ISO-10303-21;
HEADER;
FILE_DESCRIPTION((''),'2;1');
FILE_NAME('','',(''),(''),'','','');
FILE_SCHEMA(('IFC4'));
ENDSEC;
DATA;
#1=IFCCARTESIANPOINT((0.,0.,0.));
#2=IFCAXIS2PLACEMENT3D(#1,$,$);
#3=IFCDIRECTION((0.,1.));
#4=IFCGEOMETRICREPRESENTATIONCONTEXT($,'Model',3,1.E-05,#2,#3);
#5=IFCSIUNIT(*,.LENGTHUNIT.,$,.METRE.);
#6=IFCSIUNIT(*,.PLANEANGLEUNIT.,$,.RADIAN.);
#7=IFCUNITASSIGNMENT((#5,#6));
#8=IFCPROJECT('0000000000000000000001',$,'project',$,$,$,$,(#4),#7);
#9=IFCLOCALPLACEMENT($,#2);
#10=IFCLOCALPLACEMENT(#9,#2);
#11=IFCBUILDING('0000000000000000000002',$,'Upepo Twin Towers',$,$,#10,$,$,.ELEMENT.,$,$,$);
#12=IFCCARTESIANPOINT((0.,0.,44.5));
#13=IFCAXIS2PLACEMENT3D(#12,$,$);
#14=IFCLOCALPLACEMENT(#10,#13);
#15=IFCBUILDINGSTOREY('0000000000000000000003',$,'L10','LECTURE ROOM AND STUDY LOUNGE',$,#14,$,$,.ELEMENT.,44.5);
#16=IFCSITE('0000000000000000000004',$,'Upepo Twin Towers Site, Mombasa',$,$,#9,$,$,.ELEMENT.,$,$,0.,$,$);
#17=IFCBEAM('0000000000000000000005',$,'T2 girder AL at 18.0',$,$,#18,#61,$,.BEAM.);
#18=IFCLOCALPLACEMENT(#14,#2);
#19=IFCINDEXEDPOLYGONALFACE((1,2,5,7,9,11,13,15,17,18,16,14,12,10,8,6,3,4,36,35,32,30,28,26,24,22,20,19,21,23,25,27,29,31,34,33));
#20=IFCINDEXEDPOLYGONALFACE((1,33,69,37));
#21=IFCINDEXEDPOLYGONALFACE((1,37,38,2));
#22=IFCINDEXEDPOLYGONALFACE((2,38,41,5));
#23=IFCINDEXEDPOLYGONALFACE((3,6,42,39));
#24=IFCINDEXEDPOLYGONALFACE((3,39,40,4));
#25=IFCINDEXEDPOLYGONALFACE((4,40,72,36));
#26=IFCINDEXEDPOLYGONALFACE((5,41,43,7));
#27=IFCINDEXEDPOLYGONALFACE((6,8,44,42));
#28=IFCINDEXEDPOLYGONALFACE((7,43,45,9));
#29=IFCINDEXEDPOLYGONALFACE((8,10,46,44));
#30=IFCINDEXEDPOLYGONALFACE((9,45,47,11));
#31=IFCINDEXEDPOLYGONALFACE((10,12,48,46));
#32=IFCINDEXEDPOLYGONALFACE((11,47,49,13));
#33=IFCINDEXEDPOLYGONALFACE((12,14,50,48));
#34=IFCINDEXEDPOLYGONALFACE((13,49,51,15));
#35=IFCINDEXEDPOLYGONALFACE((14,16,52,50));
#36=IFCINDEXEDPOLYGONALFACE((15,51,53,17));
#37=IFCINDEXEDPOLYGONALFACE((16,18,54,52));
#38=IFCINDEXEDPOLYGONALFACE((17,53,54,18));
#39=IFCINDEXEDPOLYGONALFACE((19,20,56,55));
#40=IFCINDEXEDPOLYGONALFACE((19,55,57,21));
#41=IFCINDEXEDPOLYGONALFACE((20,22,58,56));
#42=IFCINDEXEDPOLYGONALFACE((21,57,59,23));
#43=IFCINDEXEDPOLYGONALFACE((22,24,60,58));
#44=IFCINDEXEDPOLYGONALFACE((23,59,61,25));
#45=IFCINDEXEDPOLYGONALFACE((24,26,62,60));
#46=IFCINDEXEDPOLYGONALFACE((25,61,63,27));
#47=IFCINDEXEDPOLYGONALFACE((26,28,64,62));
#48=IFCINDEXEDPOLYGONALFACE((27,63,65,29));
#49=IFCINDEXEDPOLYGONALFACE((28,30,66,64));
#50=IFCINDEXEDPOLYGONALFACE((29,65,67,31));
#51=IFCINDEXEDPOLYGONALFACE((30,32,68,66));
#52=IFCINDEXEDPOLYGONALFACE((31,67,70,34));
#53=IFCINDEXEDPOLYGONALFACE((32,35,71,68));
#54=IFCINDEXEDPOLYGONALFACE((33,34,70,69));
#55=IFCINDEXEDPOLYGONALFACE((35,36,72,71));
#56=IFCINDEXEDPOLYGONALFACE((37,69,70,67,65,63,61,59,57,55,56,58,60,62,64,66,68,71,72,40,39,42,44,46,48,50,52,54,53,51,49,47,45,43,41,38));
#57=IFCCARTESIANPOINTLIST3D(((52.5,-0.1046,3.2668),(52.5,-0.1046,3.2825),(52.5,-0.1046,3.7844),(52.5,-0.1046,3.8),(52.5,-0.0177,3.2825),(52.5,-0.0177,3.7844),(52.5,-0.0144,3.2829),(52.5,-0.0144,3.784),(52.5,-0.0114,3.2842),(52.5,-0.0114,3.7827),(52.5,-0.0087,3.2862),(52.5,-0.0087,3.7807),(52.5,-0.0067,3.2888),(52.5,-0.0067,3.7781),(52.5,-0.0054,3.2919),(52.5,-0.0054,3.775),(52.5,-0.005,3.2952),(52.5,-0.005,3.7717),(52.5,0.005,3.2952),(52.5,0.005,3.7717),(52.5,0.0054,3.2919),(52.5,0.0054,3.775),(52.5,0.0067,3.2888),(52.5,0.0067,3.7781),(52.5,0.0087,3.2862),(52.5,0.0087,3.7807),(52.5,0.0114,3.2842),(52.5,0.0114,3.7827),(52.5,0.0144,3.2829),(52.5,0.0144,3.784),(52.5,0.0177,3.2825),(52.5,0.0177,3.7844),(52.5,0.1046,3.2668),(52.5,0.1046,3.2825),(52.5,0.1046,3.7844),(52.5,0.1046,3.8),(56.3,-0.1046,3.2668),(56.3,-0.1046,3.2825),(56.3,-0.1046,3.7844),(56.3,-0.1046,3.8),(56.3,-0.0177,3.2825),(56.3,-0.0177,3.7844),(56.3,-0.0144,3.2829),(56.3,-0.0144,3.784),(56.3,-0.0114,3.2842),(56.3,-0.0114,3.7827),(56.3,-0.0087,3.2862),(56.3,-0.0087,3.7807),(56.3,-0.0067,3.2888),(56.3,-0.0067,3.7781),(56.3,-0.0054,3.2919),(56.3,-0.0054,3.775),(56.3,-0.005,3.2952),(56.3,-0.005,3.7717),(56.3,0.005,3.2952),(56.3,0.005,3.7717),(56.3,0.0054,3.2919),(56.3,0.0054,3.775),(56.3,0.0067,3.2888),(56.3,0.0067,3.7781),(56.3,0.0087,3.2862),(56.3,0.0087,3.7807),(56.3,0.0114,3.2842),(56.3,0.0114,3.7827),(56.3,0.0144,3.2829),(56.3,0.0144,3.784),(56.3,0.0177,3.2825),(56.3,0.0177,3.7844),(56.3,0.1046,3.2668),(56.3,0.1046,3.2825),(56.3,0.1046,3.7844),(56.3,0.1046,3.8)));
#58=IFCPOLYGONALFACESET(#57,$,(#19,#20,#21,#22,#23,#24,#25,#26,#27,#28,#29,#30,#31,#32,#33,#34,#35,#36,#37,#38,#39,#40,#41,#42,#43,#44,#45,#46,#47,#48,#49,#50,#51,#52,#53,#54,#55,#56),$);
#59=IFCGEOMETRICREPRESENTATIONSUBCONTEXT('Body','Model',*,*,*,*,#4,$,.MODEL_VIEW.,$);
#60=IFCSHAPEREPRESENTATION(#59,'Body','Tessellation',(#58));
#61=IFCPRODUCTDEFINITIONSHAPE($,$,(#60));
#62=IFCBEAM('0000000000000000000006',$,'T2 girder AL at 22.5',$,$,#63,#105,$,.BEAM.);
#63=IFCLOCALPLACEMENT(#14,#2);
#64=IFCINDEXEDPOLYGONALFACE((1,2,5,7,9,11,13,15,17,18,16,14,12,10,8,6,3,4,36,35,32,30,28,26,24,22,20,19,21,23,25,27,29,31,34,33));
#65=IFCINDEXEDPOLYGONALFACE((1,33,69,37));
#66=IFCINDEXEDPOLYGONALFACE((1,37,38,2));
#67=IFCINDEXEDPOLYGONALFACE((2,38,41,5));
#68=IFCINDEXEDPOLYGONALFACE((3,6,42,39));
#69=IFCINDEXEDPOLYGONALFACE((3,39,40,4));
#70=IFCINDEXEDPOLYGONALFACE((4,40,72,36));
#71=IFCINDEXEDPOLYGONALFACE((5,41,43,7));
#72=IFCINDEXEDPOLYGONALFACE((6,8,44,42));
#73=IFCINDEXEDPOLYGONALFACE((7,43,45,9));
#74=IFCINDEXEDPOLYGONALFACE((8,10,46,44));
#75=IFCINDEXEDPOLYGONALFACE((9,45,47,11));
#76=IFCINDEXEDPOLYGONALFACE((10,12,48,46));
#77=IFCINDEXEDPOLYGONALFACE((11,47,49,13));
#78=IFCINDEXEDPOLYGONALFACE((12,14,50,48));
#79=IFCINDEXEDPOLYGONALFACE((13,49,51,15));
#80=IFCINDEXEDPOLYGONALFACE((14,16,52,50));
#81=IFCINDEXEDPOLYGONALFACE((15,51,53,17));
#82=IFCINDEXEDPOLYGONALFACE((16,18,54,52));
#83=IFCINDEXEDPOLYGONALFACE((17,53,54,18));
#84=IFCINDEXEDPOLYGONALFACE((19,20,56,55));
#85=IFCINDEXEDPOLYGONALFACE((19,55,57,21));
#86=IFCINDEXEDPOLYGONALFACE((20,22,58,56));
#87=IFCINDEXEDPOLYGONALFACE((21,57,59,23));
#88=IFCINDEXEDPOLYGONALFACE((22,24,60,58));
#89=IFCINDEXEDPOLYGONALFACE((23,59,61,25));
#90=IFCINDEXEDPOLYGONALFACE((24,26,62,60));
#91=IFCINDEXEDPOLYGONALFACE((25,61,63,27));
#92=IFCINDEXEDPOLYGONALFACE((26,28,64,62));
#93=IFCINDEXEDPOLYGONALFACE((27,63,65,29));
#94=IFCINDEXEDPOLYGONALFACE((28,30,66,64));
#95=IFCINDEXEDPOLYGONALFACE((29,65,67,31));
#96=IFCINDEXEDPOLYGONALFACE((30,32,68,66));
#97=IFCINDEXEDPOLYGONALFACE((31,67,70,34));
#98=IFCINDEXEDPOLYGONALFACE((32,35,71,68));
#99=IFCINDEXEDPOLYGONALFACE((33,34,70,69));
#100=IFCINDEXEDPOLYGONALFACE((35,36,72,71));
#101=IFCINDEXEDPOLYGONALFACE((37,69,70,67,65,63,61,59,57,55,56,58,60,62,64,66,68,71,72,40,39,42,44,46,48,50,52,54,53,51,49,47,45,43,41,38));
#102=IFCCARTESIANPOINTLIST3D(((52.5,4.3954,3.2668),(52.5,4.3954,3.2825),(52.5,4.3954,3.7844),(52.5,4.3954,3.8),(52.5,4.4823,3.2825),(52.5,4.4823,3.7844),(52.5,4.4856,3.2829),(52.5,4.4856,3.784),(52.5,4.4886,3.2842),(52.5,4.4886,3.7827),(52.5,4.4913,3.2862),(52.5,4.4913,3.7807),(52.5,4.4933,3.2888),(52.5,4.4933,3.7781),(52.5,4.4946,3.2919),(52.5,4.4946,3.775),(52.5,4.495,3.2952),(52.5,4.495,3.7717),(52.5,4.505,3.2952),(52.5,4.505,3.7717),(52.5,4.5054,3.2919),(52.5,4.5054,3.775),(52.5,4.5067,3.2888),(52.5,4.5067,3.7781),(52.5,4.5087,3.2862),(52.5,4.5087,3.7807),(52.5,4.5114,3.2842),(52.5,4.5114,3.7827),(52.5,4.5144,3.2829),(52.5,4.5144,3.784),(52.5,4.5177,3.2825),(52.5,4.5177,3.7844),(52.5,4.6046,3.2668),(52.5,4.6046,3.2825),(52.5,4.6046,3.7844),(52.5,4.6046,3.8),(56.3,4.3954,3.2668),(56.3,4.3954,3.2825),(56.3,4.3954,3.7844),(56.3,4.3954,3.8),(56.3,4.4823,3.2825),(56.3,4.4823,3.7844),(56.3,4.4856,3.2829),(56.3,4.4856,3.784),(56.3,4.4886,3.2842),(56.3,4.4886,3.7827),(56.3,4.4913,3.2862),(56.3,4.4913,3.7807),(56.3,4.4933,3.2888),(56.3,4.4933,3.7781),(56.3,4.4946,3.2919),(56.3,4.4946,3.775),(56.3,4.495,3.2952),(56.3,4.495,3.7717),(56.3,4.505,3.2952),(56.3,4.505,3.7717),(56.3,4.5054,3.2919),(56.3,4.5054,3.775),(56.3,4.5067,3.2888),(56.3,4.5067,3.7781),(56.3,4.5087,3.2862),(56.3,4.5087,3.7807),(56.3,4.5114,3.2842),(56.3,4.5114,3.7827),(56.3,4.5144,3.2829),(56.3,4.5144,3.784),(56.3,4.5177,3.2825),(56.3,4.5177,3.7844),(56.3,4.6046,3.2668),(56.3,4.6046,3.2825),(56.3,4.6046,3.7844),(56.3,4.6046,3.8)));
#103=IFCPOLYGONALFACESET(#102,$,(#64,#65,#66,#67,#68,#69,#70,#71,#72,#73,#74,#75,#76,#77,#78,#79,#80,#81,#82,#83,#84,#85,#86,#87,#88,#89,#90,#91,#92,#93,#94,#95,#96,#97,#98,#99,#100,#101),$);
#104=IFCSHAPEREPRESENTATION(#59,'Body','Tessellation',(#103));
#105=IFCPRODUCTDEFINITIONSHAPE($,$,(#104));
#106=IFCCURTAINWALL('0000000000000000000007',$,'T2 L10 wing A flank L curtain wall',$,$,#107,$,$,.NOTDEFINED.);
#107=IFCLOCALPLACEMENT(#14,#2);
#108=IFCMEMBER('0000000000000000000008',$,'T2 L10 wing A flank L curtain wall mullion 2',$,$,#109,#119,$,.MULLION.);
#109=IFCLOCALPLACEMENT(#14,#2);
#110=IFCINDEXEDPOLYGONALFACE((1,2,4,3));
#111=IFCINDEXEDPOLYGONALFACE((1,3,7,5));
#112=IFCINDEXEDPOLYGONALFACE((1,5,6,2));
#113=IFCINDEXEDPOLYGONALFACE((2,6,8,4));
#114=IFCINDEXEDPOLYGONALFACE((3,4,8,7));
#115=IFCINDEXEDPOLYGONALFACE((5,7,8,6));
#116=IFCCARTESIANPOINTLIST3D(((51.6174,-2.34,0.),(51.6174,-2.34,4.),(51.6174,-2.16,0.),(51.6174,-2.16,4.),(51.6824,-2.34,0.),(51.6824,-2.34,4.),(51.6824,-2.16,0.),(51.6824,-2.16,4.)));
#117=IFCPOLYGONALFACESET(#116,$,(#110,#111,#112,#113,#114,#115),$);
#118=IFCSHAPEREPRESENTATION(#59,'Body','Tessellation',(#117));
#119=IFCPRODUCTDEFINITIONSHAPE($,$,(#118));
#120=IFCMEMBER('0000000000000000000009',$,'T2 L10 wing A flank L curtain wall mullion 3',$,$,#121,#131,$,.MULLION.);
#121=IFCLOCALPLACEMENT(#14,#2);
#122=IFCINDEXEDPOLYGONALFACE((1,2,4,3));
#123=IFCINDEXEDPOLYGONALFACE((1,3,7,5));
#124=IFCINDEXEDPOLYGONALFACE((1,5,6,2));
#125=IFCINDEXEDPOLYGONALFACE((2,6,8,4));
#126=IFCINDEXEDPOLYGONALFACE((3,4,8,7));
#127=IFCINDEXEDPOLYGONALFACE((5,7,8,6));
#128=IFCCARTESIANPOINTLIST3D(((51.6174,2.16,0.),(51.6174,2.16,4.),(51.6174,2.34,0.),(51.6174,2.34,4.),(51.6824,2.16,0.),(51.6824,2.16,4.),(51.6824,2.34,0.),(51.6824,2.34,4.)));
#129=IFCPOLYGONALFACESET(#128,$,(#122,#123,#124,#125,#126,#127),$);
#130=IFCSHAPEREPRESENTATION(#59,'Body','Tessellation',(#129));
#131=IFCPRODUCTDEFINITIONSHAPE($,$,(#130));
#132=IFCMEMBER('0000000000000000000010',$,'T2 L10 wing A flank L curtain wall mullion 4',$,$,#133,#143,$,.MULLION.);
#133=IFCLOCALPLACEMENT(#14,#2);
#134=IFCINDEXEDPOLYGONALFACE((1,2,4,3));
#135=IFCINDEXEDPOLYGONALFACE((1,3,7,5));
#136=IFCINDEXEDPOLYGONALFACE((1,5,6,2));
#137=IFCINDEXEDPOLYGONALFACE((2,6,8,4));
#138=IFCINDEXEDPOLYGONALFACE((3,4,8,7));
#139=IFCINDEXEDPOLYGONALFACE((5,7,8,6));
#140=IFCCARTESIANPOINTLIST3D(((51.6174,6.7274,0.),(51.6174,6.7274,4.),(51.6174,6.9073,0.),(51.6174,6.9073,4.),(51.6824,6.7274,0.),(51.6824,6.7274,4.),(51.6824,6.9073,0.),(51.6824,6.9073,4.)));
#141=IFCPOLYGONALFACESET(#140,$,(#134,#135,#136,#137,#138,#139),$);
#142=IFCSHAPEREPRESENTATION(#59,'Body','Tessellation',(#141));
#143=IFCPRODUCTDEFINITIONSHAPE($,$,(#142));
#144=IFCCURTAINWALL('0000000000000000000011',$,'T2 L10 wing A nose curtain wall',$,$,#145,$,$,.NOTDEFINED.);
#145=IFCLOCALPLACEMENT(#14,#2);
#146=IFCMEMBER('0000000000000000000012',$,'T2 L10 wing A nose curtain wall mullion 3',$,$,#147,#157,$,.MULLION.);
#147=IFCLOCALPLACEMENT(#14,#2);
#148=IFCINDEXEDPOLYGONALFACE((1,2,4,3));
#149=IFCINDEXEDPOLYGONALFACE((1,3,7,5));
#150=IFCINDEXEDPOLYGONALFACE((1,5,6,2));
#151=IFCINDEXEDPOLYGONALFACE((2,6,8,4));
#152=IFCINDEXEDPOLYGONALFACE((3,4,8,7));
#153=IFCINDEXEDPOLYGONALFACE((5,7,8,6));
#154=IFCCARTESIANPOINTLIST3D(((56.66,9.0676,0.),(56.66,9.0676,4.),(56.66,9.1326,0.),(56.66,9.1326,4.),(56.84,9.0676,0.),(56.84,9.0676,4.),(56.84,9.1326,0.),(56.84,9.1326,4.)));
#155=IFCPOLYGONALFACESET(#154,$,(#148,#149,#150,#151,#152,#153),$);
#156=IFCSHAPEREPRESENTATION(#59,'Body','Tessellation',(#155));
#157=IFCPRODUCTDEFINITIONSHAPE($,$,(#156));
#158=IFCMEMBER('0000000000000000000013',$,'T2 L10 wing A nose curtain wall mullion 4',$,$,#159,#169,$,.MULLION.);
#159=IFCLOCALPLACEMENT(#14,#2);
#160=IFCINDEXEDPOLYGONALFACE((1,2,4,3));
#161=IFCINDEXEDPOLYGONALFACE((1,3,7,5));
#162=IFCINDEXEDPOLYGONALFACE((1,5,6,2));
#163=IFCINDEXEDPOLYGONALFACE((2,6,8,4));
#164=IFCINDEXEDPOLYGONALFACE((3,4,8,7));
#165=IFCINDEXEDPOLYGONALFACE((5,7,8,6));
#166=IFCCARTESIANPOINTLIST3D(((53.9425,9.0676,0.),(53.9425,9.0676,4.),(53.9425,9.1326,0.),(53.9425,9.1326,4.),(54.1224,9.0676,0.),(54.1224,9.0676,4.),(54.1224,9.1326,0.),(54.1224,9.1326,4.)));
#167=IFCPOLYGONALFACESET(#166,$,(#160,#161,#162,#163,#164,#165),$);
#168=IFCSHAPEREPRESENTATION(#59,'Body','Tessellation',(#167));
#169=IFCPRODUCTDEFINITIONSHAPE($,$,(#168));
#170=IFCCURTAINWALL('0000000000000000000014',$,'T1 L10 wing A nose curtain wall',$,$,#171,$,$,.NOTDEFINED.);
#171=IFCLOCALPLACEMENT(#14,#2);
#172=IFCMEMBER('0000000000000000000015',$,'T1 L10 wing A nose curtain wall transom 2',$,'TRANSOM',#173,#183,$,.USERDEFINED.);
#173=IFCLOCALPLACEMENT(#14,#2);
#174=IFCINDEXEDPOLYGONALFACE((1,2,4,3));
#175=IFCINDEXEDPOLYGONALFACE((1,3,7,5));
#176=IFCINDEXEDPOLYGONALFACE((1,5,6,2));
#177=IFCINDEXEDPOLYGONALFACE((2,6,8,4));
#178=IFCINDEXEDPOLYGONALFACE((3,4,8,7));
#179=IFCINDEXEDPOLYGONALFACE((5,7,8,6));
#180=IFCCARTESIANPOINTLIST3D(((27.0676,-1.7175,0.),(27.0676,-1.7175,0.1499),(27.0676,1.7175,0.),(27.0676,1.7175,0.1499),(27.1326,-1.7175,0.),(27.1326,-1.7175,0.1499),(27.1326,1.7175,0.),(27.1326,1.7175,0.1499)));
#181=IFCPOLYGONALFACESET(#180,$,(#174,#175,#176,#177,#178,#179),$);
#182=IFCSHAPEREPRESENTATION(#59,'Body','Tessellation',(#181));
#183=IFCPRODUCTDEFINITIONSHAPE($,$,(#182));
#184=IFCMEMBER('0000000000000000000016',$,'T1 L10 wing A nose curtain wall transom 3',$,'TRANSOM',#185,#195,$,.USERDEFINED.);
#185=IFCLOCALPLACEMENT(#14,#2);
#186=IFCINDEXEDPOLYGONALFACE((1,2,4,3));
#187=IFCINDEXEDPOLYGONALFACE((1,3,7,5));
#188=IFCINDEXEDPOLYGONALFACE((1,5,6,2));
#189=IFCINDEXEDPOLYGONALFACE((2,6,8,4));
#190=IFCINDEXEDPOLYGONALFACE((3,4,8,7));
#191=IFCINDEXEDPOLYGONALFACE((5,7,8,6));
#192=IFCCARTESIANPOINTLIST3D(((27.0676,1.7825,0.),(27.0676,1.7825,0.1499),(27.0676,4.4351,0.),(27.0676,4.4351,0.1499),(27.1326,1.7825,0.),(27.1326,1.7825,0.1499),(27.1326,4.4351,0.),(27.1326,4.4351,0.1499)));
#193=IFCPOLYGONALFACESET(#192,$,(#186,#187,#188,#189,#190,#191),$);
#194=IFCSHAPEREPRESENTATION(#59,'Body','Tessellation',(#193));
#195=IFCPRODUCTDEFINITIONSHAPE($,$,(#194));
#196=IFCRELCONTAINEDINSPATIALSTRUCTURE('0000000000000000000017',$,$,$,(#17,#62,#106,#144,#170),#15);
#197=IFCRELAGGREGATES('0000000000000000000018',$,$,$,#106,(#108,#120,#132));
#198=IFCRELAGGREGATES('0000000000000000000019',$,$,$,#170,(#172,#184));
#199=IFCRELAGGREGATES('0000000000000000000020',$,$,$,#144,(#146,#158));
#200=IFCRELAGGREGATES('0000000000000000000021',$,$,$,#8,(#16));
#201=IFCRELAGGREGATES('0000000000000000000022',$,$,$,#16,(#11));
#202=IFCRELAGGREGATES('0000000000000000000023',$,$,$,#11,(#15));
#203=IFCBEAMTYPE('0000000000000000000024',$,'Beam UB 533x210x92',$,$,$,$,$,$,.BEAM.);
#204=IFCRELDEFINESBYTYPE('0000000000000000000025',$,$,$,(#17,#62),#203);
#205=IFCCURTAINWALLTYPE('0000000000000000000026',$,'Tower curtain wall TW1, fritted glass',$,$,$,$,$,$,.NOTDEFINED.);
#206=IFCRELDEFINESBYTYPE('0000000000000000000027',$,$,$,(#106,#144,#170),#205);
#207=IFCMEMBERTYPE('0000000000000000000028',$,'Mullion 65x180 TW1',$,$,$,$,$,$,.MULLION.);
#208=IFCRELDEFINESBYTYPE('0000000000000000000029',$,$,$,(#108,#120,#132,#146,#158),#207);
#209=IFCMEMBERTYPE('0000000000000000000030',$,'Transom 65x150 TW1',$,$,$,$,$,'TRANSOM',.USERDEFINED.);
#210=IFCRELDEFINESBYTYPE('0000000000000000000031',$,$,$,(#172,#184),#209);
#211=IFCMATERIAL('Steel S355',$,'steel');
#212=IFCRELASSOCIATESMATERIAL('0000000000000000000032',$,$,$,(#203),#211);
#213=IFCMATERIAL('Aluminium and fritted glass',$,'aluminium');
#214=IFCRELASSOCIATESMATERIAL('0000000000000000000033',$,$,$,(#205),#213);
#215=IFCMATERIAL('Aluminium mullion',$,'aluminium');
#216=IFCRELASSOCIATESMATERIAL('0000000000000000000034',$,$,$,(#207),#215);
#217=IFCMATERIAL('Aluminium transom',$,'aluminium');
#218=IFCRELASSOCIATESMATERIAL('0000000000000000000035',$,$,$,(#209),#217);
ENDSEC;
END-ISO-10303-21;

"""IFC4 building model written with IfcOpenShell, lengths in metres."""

from ifc_helpers import new_model, si_unit, direction, frame, origin, origin_2d, place, context, subcontext, project, spatial, rectangle, i_section, extrude, material, material_profile, profile_set, type_object, element, aggregate, save


model = new_model("IFC4")

# Units and contexts
model_context = context("Model", 3, precision=1e-05, world=origin(), true_north=direction((0.0, 1.0)))
body_context = subcontext(model_context, "Body", "Model", "MODEL_VIEW")
ifc_project = project(units=[si_unit("LENGTHUNIT", "METRE"), si_unit("PLANEANGLEUNIT", "RADIAN")], contexts=[model_context])

# Site, building, storey
site_placement = place(None, origin())
site = spatial("IfcSite", under=ifc_project, at=site_placement, Name="Upepo Twin Towers Site, Mombasa", CompositionType="ELEMENT", RefElevation=0.0)
building_placement = place(site_placement, origin())
building = spatial("IfcBuilding", under=site, at=building_placement, Name="Upepo Twin Towers", CompositionType="ELEMENT")
storey_placement = place(building_placement, frame((0.0, 0.0, 44.5)))
storey = spatial("IfcBuildingStorey", under=building, at=storey_placement, Name="L10", Description="LECTURE ROOM AND STUDY LOUNGE", CompositionType="ELEMENT", Elevation=44.5)

# Beams
ifc_material_1 = material(Name="Steel S355", Category="steel")
ifc_material_profile_1 = material_profile(ifc_material_1, i_section(OverallWidth=0.2092, OverallDepth=0.5332, WebThickness=0.01, FlangeThickness=0.0156, FilletRadius=0.0127, at=origin_2d()), Name="UB 533x210x92")
ifc_profile_set_1 = profile_set([ifc_material_profile_1], Name="Steel S355")
beam_type_1 = type_object("IfcBeamType", Name="Beam UB 533x210x92", PredefinedType="BEAM", material=ifc_profile_set_1)
for number, where, z_axis, x_axis, name in (
    (1, (52.5, 0.0, 3.5334), (1.0, 0.0, 0.0), (0.0, 1.0, 0.0), "T2 girder AL at 18.0"),
    (2, (52.5, 4.5, 3.5334), (1.0, 0.0, 0.0), (0.0, 1.0, 0.0), "T2 girder AL at 22.5"),
):
    element("IfcBeam", number, at=place(storey_placement, frame(where, z_axis=z_axis, x_axis=x_axis)), inside=storey, type_object=beam_type_1, Name=name, PredefinedType="BEAM", context=body_context, shape_type="SweptSolid", body=[
        extrude(i_section(OverallWidth=0.2092, OverallDepth=0.5332, WebThickness=0.01, FlangeThickness=0.0156, FilletRadius=0.0127, at=origin_2d()), origin(), (0.0, 0.0, 1.0), 3.8),
    ])

# Curtain walls, members
ifc_material_2 = material(Name="Aluminium and fritted glass", Category="aluminium")
curtain_wall_type = type_object("IfcCurtainWallType", Name="Tower curtain wall TW1, fritted glass", PredefinedType="NOTDEFINED", material=ifc_material_2)
curtain_wall_1_placement = place(storey_placement, origin())
curtain_wall_1 = element("IfcCurtainWall", 3, at=curtain_wall_1_placement, inside=storey, type_object=curtain_wall_type, Name="T2 L10 wing A flank L curtain wall", PredefinedType="NOTDEFINED")
ifc_material_3 = material(Name="Aluminium mullion", Category="aluminium")
ifc_material_profile_2 = material_profile(ifc_material_3, rectangle(XDim=0.0649, YDim=0.1799, at=origin_2d()), Name="MULLION 65x180")
ifc_profile_set_2 = profile_set([ifc_material_profile_2], Name="Aluminium mullion")
member_type_1 = type_object("IfcMemberType", Name="Mullion 65x180 TW1", PredefinedType="MULLION", material=ifc_profile_set_2)
member_1_placement = place(storey_placement, frame((51.6499, -2.25, 0.0), z_axis=(0.0, 0.0, 1.0), x_axis=(-1.0, 0.0, 0.0)))
member_1 = element("IfcMember", 4, at=member_1_placement, type_object=member_type_1, Name="T2 L10 wing A flank L curtain wall mullion 2", PredefinedType="MULLION", context=body_context, shape_type="SweptSolid", body=[
    extrude(rectangle(XDim=0.0649, YDim=0.1799, at=origin_2d()), origin(), (0.0, 0.0, 1.0), 4.0),
])
member_2_placement = place(storey_placement, frame((51.6499, 2.25, 0.0), z_axis=(0.0, 0.0, 1.0), x_axis=(-1.0, 0.0, 0.0)))
member_2 = element("IfcMember", 5, at=member_2_placement, type_object=member_type_1, Name="T2 L10 wing A flank L curtain wall mullion 3", PredefinedType="MULLION", context=body_context, shape_type="SweptSolid", body=[
    extrude(rectangle(XDim=0.0649, YDim=0.1799, at=origin_2d()), origin(), (0.0, 0.0, 1.0), 4.0),
])
member_3_placement = place(storey_placement, frame((51.6499, 6.8174, 0.0), z_axis=(0.0, 0.0, 1.0), x_axis=(-1.0, 0.0, 0.0)))
member_3 = element("IfcMember", 6, at=member_3_placement, type_object=member_type_1, Name="T2 L10 wing A flank L curtain wall mullion 4", PredefinedType="MULLION", context=body_context, shape_type="SweptSolid", body=[
    extrude(rectangle(XDim=0.0649, YDim=0.1799, at=origin_2d()), origin(), (0.0, 0.0, 1.0), 4.0),
])
curtain_wall_2_placement = place(storey_placement, origin())
curtain_wall_2 = element("IfcCurtainWall", 7, at=curtain_wall_2_placement, inside=storey, type_object=curtain_wall_type, Name="T2 L10 wing A nose curtain wall", PredefinedType="NOTDEFINED")
member_4_placement = place(storey_placement, frame((56.75, 9.1001, 0.0), z_axis=(0.0, 0.0, 1.0), x_axis=(0.0, -1.0, 0.0)))
member_4 = element("IfcMember", 8, at=member_4_placement, type_object=member_type_1, Name="T2 L10 wing A nose curtain wall mullion 3", PredefinedType="MULLION", context=body_context, shape_type="SweptSolid", body=[
    extrude(rectangle(XDim=0.0649, YDim=0.1799, at=origin_2d()), origin(), (0.0, 0.0, 1.0), 4.0),
])
member_5_placement = place(storey_placement, frame((54.0325, 9.1001, 0.0), z_axis=(0.0, 0.0, 1.0), x_axis=(0.0, -1.0, 0.0)))
member_5 = element("IfcMember", 9, at=member_5_placement, type_object=member_type_1, Name="T2 L10 wing A nose curtain wall mullion 4", PredefinedType="MULLION", context=body_context, shape_type="SweptSolid", body=[
    extrude(rectangle(XDim=0.0649, YDim=0.1799, at=origin_2d()), origin(), (0.0, 0.0, 1.0), 4.0),
])
curtain_wall_3_placement = place(storey_placement, origin())
curtain_wall_3 = element("IfcCurtainWall", 10, at=curtain_wall_3_placement, inside=storey, type_object=curtain_wall_type, Name="T1 L10 wing A nose curtain wall", PredefinedType="NOTDEFINED")
ifc_material_4 = material(Name="Aluminium transom", Category="aluminium")
ifc_material_profile_3 = material_profile(ifc_material_4, rectangle(XDim=0.0649, YDim=0.1499, at=origin_2d()), Name="TRANSOM 65x150")
ifc_profile_set_3 = profile_set([ifc_material_profile_3], Name="Aluminium transom")
member_type_2 = type_object("IfcMemberType", Name="Transom 65x150 TW1", ElementType="TRANSOM", PredefinedType="USERDEFINED", material=ifc_profile_set_3)
member_6_placement = place(storey_placement, frame((27.1001, -1.7175, 0.075), z_axis=(0.0, 1.0, 0.0), x_axis=(-1.0, 0.0, 0.0)))
member_6 = element("IfcMember", 11, at=member_6_placement, type_object=member_type_2, Name="T1 L10 wing A nose curtain wall transom 2", ObjectType="TRANSOM", PredefinedType="USERDEFINED", context=body_context, shape_type="SweptSolid", body=[
    extrude(rectangle(XDim=0.0649, YDim=0.1499, at=origin_2d()), origin(), (0.0, 0.0, 1.0), 3.4351),
])
member_7_placement = place(storey_placement, frame((27.1001, 1.7825, 0.075), z_axis=(0.0, 1.0, 0.0), x_axis=(-1.0, 0.0, 0.0)))
member_7 = element("IfcMember", 12, at=member_7_placement, type_object=member_type_2, Name="T1 L10 wing A nose curtain wall transom 3", ObjectType="TRANSOM", PredefinedType="USERDEFINED", context=body_context, shape_type="SweptSolid", body=[
    extrude(rectangle(XDim=0.0649, YDim=0.1499, at=origin_2d()), origin(), (0.0, 0.0, 1.0), 2.6526),
])

aggregate(curtain_wall_1, [member_1, member_2, member_3])
aggregate(curtain_wall_3, [member_6, member_7])
aggregate(curtain_wall_2, [member_4, member_5])

save(model, "model.ifc")
